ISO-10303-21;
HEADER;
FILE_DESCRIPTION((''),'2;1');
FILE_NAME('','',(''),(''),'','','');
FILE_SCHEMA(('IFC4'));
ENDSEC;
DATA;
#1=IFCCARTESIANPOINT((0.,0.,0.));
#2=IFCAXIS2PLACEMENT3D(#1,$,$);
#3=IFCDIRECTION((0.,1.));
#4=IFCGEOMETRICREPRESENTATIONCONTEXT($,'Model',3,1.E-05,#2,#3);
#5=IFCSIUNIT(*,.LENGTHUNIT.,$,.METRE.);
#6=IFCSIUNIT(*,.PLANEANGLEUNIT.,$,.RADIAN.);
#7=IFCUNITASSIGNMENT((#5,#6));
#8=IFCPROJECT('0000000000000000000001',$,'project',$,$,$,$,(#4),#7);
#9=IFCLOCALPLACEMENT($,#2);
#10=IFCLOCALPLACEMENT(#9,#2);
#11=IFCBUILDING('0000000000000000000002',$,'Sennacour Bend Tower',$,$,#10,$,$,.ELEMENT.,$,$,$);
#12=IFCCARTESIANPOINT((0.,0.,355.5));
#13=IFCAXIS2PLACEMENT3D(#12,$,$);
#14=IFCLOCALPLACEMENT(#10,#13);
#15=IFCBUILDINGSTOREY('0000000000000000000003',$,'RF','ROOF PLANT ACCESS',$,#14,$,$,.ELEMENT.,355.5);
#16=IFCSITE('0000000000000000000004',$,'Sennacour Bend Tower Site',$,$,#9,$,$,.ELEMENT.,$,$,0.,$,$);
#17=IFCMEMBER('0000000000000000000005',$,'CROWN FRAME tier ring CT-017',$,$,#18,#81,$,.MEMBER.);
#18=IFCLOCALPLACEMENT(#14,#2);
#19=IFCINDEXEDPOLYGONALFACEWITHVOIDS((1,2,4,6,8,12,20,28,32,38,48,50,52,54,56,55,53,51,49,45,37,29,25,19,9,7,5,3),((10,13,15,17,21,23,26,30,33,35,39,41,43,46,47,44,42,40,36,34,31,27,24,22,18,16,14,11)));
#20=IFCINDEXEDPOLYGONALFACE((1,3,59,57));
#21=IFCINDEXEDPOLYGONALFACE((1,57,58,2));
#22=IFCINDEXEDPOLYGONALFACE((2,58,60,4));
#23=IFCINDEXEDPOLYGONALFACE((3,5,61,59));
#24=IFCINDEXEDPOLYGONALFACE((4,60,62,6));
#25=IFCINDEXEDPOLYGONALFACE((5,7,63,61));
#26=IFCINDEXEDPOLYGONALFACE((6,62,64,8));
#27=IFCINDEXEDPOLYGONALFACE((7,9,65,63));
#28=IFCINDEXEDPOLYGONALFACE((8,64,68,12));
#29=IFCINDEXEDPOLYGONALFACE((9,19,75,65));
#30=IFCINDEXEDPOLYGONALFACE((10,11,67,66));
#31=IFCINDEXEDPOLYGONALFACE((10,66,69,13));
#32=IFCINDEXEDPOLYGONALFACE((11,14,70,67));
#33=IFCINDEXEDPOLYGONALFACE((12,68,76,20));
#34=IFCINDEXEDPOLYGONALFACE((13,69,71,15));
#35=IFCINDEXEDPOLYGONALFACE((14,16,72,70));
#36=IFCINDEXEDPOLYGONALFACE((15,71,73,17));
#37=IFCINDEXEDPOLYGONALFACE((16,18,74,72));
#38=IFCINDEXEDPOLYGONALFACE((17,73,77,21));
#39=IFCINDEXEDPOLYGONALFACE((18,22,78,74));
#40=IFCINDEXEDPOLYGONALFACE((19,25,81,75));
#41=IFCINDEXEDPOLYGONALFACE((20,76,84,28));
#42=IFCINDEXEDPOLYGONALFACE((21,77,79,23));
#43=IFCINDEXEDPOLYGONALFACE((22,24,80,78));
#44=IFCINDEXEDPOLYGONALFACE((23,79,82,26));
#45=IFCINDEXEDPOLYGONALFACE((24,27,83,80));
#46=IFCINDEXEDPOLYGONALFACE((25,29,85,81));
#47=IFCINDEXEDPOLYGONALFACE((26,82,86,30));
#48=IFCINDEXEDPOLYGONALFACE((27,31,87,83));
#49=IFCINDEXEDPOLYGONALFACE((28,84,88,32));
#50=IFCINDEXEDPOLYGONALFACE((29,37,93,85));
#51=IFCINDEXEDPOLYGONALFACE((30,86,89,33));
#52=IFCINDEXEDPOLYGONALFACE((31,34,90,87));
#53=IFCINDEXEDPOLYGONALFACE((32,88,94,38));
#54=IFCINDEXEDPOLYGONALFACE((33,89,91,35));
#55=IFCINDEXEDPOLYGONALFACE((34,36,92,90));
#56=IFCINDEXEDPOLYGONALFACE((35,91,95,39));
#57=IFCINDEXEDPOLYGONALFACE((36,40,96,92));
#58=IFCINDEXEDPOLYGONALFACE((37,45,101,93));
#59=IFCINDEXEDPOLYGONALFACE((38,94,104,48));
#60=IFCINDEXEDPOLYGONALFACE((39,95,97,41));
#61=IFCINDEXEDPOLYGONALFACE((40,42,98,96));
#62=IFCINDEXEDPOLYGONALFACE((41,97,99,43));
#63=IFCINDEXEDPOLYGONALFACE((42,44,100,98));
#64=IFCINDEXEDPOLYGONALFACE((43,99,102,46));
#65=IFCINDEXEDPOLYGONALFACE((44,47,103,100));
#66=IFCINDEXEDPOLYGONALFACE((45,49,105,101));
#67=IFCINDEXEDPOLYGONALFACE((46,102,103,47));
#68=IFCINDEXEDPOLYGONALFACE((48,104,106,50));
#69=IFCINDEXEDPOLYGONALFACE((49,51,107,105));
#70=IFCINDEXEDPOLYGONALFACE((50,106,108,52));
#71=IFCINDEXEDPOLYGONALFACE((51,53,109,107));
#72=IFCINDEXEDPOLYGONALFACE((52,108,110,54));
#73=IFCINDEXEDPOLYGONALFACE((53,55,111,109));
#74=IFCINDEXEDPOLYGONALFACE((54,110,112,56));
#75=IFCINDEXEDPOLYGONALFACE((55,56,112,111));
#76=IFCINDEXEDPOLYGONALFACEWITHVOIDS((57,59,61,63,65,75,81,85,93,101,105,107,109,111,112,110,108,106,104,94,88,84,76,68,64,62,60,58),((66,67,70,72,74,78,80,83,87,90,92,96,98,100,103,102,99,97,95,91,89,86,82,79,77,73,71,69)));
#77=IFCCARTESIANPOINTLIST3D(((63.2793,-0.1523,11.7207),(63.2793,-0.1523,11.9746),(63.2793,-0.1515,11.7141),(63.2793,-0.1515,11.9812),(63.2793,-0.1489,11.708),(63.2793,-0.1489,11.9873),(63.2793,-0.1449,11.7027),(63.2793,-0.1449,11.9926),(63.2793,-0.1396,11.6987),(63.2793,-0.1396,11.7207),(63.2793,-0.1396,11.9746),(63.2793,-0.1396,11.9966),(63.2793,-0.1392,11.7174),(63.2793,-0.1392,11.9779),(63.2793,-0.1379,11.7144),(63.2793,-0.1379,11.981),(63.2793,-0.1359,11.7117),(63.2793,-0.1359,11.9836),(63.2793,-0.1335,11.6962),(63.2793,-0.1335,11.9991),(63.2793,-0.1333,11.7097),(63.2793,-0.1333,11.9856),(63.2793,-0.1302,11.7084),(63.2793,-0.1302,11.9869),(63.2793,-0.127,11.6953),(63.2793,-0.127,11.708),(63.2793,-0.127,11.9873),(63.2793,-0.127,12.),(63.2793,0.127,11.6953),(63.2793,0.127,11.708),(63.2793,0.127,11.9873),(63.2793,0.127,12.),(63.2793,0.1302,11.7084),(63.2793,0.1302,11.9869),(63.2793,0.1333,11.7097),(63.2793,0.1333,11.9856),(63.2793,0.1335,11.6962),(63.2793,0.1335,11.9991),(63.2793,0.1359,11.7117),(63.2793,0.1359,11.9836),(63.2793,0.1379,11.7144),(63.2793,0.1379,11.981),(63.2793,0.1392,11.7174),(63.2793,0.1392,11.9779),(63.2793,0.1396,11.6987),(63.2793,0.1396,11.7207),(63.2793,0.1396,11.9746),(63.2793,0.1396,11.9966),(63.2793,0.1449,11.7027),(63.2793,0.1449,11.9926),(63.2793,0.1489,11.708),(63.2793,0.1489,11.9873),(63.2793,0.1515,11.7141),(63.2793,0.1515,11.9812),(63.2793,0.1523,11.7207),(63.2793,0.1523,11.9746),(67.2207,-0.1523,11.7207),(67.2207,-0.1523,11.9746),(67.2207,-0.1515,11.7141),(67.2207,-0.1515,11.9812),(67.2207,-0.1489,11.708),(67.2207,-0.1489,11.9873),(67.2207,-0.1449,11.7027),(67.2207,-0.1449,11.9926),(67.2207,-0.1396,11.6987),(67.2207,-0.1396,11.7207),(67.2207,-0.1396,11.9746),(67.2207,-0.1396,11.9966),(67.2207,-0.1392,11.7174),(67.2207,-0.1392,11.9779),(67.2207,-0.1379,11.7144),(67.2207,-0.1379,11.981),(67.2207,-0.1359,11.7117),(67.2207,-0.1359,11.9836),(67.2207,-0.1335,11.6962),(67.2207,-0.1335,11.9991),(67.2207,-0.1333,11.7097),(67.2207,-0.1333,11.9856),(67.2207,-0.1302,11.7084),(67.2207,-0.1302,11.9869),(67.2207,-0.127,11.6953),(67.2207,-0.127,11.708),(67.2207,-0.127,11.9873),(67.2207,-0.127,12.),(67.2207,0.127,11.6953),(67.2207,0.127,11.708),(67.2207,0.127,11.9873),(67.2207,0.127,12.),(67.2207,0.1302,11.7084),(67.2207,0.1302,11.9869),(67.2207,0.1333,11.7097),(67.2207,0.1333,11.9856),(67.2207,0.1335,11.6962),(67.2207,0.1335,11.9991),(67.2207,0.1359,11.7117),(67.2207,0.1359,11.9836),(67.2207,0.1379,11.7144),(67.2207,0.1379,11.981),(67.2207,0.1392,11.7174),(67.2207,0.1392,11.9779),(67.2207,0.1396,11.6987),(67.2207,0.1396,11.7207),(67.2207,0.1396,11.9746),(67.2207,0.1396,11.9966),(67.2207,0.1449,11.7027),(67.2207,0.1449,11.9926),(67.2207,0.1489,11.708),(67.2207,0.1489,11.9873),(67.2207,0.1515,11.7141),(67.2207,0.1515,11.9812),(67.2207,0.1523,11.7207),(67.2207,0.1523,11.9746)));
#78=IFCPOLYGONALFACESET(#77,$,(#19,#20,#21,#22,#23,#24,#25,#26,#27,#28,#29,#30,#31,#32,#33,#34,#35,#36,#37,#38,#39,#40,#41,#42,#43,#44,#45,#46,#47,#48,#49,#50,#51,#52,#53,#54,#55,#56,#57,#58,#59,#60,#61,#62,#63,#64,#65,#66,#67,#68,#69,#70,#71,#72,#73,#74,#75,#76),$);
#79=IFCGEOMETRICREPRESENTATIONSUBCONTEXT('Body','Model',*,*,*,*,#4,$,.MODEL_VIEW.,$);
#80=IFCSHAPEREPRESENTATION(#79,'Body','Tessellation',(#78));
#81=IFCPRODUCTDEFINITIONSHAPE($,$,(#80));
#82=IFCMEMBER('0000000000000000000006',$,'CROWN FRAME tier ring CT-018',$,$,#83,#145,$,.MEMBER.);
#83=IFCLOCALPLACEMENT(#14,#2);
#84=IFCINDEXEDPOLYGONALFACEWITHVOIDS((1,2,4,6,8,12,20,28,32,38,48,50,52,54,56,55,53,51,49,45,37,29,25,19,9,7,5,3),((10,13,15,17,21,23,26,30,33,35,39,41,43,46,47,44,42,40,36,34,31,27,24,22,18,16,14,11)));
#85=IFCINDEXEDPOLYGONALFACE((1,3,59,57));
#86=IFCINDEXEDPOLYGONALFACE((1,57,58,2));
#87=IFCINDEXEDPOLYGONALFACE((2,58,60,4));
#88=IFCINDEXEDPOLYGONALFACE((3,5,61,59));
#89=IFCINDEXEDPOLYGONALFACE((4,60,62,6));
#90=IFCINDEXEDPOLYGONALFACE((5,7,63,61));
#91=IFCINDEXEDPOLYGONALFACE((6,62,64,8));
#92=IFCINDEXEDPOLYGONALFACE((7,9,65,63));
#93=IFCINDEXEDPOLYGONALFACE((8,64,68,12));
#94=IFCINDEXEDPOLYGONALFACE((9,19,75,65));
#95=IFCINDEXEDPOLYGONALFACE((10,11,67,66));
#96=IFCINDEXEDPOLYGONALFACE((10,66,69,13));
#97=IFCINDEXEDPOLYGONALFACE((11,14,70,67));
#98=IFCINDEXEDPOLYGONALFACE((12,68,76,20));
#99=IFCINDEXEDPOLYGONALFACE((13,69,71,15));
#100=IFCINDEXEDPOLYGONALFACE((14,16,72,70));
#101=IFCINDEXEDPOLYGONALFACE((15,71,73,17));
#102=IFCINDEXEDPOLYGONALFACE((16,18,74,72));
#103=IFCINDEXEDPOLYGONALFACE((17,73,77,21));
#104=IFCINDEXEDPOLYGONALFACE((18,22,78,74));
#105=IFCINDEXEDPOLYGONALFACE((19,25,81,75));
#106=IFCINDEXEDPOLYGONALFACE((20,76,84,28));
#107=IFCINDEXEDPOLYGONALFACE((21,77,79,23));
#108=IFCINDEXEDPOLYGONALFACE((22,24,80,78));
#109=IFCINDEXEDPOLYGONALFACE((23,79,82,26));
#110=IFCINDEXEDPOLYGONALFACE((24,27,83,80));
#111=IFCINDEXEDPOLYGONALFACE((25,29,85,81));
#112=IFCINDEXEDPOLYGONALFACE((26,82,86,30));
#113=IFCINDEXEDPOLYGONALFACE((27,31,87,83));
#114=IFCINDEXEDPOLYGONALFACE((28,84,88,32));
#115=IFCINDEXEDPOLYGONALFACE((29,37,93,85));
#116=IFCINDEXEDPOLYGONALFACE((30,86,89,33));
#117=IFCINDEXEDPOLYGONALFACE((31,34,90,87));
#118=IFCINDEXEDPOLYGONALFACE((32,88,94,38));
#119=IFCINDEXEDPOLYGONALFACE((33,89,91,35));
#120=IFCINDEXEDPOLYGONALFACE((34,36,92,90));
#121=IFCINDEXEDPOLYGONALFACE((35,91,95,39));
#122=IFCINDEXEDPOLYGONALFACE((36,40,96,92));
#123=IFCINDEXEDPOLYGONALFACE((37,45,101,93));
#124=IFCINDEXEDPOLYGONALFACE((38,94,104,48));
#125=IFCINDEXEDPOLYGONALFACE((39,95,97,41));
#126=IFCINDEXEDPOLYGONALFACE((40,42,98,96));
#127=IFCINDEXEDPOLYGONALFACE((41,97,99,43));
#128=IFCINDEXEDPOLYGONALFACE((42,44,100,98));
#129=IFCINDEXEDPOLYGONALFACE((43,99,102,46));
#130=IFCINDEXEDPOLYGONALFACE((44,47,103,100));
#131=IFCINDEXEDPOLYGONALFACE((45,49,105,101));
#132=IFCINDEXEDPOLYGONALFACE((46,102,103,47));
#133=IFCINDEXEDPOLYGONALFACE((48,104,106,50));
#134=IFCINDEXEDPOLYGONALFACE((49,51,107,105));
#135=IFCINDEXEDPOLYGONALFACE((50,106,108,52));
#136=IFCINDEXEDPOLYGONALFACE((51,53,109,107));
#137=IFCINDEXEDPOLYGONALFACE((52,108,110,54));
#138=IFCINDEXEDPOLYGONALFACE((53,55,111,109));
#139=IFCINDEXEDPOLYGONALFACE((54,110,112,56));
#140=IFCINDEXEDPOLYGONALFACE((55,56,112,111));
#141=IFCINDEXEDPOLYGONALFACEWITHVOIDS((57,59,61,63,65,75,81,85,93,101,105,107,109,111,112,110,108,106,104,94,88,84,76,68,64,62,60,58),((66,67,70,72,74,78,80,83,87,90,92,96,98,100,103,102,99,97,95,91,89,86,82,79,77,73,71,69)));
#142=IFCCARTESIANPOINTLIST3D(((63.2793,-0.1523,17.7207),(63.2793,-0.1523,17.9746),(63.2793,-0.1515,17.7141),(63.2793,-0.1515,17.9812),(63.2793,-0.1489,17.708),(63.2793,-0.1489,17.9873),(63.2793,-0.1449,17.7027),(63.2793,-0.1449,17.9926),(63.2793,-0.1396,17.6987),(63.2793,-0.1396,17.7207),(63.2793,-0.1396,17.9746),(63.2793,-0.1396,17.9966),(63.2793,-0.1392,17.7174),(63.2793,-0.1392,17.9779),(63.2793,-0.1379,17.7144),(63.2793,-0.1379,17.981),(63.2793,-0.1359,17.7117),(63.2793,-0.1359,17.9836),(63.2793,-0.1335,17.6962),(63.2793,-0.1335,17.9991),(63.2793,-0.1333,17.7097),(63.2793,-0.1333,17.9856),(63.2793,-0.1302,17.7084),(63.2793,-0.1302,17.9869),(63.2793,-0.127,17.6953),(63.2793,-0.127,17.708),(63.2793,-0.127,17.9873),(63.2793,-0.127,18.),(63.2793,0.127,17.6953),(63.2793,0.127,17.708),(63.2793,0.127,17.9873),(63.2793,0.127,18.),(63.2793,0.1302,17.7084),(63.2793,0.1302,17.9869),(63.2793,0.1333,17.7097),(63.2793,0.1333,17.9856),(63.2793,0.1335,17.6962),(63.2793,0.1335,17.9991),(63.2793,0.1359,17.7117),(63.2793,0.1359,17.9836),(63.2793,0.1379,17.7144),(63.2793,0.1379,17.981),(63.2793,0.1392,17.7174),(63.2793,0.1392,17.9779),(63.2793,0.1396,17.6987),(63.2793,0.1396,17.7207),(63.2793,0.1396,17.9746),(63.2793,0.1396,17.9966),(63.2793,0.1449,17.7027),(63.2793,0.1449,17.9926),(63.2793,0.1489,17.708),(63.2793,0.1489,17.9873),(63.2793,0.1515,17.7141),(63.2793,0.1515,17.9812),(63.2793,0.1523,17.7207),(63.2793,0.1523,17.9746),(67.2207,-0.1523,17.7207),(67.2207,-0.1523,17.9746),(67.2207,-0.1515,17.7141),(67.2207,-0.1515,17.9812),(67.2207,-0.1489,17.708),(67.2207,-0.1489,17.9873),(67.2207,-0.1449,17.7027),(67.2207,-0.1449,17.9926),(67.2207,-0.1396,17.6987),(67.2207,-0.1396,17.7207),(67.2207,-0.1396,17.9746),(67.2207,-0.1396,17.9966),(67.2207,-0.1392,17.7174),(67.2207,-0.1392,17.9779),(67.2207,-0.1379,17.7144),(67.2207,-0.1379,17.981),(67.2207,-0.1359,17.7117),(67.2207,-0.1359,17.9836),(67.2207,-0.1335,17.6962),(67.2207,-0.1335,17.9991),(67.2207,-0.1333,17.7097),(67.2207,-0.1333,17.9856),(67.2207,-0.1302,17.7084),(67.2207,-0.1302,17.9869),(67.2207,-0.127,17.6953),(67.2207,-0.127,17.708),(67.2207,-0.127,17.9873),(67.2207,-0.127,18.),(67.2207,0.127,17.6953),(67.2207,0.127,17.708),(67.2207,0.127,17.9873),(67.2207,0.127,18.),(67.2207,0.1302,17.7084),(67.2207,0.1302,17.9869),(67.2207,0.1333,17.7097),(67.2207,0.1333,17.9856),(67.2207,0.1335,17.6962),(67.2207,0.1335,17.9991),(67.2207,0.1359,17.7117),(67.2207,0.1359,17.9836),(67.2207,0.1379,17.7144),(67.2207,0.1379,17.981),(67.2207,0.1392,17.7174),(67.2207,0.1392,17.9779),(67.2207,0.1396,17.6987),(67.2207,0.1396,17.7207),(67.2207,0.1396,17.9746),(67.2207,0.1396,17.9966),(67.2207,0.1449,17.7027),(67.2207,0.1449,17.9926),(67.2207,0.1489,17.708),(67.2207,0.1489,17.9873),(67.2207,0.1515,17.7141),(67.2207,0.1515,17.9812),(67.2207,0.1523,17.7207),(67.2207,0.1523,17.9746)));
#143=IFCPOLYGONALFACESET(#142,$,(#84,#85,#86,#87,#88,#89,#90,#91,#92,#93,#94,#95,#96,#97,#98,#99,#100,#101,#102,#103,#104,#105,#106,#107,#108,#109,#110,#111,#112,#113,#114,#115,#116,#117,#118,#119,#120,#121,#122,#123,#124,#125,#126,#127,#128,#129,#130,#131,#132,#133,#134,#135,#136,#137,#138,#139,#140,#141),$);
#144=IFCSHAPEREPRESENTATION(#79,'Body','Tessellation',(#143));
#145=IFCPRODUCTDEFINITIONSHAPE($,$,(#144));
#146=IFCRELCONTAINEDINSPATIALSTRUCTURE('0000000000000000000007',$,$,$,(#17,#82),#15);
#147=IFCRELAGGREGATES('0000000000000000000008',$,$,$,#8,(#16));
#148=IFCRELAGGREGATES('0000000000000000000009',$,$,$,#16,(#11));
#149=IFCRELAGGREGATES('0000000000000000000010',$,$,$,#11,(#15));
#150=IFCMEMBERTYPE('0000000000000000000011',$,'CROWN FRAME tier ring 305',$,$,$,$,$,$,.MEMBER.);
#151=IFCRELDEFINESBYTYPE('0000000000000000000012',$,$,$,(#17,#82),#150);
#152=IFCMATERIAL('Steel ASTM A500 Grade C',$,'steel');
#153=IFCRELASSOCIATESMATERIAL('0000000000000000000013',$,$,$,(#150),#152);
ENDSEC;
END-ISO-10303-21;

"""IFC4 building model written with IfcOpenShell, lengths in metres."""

from ifc_helpers import new_model, si_unit, direction, frame, origin, origin_2d, place, context, subcontext, project, spatial, hollow_rectangle, extrude, material, material_profile, profile_set, type_object, element, save


model = new_model("IFC4")

# Units and contexts
model_context = context("Model", 3, precision=1e-05, world=origin(), true_north=direction((0.0, 1.0)))
body_context = subcontext(model_context, "Body", "Model", "MODEL_VIEW")
ifc_project = project(units=[si_unit("LENGTHUNIT", "METRE"), si_unit("PLANEANGLEUNIT", "RADIAN")], contexts=[model_context])

# Site, building, storey
site_placement = place(None, origin())
site = spatial("IfcSite", under=ifc_project, at=site_placement, Name="Sennacour Bend Tower Site", CompositionType="ELEMENT", RefElevation=0.0)
building_placement = place(site_placement, origin())
building = spatial("IfcBuilding", under=site, at=building_placement, Name="Sennacour Bend Tower", CompositionType="ELEMENT")
storey_placement = place(building_placement, frame((0.0, 0.0, 355.5)))
storey = spatial("IfcBuildingStorey", under=building, at=storey_placement, Name="RF", Description="ROOF PLANT ACCESS", CompositionType="ELEMENT", Elevation=355.5)

# Shared definitions
ifc_material_1 = material(Name="Steel ASTM A500 Grade C", Category="steel")

# Members
ifc_material_profile_1 = material_profile(ifc_material_1, hollow_rectangle(XDim=0.3047, YDim=0.3047, WallThickness=0.0127, InnerFilletRadius=0.0127, OuterFilletRadius=0.0254, at=origin_2d()), Name="Steel ASTM A500 Grade C", Category="steel")
ifc_profile_set_1 = profile_set([ifc_material_profile_1], Name="Steel ASTM A500 Grade C")
member_type_1 = type_object("IfcMemberType", Name="CROWN FRAME tier ring 305", PredefinedType="MEMBER", material=ifc_profile_set_1)
for number, where, z_axis, x_axis, name in (
    (1, (63.2793, 0.0, 11.8477), (1.0, 0.0, 0.0), (0.0, 1.0, 0.0), "CROWN FRAME tier ring CT-017"),
    (2, (63.2793, 0.0, 17.8477), (1.0, 0.0, 0.0), (0.0, 1.0, 0.0), "CROWN FRAME tier ring CT-018"),
):
    element("IfcMember", number, at=place(storey_placement, frame(where, z_axis=z_axis, x_axis=x_axis)), inside=storey, type_object=member_type_1, Name=name, PredefinedType="MEMBER", context=body_context, shape_type="SweptSolid", body=[
        extrude(hollow_rectangle(XDim=0.3047, YDim=0.3047, WallThickness=0.0127, InnerFilletRadius=0.0127, OuterFilletRadius=0.0254, at=origin_2d()), origin(), (0.0, 0.0, 1.0), 3.9414),
    ])

save(model, "model.ifc")
